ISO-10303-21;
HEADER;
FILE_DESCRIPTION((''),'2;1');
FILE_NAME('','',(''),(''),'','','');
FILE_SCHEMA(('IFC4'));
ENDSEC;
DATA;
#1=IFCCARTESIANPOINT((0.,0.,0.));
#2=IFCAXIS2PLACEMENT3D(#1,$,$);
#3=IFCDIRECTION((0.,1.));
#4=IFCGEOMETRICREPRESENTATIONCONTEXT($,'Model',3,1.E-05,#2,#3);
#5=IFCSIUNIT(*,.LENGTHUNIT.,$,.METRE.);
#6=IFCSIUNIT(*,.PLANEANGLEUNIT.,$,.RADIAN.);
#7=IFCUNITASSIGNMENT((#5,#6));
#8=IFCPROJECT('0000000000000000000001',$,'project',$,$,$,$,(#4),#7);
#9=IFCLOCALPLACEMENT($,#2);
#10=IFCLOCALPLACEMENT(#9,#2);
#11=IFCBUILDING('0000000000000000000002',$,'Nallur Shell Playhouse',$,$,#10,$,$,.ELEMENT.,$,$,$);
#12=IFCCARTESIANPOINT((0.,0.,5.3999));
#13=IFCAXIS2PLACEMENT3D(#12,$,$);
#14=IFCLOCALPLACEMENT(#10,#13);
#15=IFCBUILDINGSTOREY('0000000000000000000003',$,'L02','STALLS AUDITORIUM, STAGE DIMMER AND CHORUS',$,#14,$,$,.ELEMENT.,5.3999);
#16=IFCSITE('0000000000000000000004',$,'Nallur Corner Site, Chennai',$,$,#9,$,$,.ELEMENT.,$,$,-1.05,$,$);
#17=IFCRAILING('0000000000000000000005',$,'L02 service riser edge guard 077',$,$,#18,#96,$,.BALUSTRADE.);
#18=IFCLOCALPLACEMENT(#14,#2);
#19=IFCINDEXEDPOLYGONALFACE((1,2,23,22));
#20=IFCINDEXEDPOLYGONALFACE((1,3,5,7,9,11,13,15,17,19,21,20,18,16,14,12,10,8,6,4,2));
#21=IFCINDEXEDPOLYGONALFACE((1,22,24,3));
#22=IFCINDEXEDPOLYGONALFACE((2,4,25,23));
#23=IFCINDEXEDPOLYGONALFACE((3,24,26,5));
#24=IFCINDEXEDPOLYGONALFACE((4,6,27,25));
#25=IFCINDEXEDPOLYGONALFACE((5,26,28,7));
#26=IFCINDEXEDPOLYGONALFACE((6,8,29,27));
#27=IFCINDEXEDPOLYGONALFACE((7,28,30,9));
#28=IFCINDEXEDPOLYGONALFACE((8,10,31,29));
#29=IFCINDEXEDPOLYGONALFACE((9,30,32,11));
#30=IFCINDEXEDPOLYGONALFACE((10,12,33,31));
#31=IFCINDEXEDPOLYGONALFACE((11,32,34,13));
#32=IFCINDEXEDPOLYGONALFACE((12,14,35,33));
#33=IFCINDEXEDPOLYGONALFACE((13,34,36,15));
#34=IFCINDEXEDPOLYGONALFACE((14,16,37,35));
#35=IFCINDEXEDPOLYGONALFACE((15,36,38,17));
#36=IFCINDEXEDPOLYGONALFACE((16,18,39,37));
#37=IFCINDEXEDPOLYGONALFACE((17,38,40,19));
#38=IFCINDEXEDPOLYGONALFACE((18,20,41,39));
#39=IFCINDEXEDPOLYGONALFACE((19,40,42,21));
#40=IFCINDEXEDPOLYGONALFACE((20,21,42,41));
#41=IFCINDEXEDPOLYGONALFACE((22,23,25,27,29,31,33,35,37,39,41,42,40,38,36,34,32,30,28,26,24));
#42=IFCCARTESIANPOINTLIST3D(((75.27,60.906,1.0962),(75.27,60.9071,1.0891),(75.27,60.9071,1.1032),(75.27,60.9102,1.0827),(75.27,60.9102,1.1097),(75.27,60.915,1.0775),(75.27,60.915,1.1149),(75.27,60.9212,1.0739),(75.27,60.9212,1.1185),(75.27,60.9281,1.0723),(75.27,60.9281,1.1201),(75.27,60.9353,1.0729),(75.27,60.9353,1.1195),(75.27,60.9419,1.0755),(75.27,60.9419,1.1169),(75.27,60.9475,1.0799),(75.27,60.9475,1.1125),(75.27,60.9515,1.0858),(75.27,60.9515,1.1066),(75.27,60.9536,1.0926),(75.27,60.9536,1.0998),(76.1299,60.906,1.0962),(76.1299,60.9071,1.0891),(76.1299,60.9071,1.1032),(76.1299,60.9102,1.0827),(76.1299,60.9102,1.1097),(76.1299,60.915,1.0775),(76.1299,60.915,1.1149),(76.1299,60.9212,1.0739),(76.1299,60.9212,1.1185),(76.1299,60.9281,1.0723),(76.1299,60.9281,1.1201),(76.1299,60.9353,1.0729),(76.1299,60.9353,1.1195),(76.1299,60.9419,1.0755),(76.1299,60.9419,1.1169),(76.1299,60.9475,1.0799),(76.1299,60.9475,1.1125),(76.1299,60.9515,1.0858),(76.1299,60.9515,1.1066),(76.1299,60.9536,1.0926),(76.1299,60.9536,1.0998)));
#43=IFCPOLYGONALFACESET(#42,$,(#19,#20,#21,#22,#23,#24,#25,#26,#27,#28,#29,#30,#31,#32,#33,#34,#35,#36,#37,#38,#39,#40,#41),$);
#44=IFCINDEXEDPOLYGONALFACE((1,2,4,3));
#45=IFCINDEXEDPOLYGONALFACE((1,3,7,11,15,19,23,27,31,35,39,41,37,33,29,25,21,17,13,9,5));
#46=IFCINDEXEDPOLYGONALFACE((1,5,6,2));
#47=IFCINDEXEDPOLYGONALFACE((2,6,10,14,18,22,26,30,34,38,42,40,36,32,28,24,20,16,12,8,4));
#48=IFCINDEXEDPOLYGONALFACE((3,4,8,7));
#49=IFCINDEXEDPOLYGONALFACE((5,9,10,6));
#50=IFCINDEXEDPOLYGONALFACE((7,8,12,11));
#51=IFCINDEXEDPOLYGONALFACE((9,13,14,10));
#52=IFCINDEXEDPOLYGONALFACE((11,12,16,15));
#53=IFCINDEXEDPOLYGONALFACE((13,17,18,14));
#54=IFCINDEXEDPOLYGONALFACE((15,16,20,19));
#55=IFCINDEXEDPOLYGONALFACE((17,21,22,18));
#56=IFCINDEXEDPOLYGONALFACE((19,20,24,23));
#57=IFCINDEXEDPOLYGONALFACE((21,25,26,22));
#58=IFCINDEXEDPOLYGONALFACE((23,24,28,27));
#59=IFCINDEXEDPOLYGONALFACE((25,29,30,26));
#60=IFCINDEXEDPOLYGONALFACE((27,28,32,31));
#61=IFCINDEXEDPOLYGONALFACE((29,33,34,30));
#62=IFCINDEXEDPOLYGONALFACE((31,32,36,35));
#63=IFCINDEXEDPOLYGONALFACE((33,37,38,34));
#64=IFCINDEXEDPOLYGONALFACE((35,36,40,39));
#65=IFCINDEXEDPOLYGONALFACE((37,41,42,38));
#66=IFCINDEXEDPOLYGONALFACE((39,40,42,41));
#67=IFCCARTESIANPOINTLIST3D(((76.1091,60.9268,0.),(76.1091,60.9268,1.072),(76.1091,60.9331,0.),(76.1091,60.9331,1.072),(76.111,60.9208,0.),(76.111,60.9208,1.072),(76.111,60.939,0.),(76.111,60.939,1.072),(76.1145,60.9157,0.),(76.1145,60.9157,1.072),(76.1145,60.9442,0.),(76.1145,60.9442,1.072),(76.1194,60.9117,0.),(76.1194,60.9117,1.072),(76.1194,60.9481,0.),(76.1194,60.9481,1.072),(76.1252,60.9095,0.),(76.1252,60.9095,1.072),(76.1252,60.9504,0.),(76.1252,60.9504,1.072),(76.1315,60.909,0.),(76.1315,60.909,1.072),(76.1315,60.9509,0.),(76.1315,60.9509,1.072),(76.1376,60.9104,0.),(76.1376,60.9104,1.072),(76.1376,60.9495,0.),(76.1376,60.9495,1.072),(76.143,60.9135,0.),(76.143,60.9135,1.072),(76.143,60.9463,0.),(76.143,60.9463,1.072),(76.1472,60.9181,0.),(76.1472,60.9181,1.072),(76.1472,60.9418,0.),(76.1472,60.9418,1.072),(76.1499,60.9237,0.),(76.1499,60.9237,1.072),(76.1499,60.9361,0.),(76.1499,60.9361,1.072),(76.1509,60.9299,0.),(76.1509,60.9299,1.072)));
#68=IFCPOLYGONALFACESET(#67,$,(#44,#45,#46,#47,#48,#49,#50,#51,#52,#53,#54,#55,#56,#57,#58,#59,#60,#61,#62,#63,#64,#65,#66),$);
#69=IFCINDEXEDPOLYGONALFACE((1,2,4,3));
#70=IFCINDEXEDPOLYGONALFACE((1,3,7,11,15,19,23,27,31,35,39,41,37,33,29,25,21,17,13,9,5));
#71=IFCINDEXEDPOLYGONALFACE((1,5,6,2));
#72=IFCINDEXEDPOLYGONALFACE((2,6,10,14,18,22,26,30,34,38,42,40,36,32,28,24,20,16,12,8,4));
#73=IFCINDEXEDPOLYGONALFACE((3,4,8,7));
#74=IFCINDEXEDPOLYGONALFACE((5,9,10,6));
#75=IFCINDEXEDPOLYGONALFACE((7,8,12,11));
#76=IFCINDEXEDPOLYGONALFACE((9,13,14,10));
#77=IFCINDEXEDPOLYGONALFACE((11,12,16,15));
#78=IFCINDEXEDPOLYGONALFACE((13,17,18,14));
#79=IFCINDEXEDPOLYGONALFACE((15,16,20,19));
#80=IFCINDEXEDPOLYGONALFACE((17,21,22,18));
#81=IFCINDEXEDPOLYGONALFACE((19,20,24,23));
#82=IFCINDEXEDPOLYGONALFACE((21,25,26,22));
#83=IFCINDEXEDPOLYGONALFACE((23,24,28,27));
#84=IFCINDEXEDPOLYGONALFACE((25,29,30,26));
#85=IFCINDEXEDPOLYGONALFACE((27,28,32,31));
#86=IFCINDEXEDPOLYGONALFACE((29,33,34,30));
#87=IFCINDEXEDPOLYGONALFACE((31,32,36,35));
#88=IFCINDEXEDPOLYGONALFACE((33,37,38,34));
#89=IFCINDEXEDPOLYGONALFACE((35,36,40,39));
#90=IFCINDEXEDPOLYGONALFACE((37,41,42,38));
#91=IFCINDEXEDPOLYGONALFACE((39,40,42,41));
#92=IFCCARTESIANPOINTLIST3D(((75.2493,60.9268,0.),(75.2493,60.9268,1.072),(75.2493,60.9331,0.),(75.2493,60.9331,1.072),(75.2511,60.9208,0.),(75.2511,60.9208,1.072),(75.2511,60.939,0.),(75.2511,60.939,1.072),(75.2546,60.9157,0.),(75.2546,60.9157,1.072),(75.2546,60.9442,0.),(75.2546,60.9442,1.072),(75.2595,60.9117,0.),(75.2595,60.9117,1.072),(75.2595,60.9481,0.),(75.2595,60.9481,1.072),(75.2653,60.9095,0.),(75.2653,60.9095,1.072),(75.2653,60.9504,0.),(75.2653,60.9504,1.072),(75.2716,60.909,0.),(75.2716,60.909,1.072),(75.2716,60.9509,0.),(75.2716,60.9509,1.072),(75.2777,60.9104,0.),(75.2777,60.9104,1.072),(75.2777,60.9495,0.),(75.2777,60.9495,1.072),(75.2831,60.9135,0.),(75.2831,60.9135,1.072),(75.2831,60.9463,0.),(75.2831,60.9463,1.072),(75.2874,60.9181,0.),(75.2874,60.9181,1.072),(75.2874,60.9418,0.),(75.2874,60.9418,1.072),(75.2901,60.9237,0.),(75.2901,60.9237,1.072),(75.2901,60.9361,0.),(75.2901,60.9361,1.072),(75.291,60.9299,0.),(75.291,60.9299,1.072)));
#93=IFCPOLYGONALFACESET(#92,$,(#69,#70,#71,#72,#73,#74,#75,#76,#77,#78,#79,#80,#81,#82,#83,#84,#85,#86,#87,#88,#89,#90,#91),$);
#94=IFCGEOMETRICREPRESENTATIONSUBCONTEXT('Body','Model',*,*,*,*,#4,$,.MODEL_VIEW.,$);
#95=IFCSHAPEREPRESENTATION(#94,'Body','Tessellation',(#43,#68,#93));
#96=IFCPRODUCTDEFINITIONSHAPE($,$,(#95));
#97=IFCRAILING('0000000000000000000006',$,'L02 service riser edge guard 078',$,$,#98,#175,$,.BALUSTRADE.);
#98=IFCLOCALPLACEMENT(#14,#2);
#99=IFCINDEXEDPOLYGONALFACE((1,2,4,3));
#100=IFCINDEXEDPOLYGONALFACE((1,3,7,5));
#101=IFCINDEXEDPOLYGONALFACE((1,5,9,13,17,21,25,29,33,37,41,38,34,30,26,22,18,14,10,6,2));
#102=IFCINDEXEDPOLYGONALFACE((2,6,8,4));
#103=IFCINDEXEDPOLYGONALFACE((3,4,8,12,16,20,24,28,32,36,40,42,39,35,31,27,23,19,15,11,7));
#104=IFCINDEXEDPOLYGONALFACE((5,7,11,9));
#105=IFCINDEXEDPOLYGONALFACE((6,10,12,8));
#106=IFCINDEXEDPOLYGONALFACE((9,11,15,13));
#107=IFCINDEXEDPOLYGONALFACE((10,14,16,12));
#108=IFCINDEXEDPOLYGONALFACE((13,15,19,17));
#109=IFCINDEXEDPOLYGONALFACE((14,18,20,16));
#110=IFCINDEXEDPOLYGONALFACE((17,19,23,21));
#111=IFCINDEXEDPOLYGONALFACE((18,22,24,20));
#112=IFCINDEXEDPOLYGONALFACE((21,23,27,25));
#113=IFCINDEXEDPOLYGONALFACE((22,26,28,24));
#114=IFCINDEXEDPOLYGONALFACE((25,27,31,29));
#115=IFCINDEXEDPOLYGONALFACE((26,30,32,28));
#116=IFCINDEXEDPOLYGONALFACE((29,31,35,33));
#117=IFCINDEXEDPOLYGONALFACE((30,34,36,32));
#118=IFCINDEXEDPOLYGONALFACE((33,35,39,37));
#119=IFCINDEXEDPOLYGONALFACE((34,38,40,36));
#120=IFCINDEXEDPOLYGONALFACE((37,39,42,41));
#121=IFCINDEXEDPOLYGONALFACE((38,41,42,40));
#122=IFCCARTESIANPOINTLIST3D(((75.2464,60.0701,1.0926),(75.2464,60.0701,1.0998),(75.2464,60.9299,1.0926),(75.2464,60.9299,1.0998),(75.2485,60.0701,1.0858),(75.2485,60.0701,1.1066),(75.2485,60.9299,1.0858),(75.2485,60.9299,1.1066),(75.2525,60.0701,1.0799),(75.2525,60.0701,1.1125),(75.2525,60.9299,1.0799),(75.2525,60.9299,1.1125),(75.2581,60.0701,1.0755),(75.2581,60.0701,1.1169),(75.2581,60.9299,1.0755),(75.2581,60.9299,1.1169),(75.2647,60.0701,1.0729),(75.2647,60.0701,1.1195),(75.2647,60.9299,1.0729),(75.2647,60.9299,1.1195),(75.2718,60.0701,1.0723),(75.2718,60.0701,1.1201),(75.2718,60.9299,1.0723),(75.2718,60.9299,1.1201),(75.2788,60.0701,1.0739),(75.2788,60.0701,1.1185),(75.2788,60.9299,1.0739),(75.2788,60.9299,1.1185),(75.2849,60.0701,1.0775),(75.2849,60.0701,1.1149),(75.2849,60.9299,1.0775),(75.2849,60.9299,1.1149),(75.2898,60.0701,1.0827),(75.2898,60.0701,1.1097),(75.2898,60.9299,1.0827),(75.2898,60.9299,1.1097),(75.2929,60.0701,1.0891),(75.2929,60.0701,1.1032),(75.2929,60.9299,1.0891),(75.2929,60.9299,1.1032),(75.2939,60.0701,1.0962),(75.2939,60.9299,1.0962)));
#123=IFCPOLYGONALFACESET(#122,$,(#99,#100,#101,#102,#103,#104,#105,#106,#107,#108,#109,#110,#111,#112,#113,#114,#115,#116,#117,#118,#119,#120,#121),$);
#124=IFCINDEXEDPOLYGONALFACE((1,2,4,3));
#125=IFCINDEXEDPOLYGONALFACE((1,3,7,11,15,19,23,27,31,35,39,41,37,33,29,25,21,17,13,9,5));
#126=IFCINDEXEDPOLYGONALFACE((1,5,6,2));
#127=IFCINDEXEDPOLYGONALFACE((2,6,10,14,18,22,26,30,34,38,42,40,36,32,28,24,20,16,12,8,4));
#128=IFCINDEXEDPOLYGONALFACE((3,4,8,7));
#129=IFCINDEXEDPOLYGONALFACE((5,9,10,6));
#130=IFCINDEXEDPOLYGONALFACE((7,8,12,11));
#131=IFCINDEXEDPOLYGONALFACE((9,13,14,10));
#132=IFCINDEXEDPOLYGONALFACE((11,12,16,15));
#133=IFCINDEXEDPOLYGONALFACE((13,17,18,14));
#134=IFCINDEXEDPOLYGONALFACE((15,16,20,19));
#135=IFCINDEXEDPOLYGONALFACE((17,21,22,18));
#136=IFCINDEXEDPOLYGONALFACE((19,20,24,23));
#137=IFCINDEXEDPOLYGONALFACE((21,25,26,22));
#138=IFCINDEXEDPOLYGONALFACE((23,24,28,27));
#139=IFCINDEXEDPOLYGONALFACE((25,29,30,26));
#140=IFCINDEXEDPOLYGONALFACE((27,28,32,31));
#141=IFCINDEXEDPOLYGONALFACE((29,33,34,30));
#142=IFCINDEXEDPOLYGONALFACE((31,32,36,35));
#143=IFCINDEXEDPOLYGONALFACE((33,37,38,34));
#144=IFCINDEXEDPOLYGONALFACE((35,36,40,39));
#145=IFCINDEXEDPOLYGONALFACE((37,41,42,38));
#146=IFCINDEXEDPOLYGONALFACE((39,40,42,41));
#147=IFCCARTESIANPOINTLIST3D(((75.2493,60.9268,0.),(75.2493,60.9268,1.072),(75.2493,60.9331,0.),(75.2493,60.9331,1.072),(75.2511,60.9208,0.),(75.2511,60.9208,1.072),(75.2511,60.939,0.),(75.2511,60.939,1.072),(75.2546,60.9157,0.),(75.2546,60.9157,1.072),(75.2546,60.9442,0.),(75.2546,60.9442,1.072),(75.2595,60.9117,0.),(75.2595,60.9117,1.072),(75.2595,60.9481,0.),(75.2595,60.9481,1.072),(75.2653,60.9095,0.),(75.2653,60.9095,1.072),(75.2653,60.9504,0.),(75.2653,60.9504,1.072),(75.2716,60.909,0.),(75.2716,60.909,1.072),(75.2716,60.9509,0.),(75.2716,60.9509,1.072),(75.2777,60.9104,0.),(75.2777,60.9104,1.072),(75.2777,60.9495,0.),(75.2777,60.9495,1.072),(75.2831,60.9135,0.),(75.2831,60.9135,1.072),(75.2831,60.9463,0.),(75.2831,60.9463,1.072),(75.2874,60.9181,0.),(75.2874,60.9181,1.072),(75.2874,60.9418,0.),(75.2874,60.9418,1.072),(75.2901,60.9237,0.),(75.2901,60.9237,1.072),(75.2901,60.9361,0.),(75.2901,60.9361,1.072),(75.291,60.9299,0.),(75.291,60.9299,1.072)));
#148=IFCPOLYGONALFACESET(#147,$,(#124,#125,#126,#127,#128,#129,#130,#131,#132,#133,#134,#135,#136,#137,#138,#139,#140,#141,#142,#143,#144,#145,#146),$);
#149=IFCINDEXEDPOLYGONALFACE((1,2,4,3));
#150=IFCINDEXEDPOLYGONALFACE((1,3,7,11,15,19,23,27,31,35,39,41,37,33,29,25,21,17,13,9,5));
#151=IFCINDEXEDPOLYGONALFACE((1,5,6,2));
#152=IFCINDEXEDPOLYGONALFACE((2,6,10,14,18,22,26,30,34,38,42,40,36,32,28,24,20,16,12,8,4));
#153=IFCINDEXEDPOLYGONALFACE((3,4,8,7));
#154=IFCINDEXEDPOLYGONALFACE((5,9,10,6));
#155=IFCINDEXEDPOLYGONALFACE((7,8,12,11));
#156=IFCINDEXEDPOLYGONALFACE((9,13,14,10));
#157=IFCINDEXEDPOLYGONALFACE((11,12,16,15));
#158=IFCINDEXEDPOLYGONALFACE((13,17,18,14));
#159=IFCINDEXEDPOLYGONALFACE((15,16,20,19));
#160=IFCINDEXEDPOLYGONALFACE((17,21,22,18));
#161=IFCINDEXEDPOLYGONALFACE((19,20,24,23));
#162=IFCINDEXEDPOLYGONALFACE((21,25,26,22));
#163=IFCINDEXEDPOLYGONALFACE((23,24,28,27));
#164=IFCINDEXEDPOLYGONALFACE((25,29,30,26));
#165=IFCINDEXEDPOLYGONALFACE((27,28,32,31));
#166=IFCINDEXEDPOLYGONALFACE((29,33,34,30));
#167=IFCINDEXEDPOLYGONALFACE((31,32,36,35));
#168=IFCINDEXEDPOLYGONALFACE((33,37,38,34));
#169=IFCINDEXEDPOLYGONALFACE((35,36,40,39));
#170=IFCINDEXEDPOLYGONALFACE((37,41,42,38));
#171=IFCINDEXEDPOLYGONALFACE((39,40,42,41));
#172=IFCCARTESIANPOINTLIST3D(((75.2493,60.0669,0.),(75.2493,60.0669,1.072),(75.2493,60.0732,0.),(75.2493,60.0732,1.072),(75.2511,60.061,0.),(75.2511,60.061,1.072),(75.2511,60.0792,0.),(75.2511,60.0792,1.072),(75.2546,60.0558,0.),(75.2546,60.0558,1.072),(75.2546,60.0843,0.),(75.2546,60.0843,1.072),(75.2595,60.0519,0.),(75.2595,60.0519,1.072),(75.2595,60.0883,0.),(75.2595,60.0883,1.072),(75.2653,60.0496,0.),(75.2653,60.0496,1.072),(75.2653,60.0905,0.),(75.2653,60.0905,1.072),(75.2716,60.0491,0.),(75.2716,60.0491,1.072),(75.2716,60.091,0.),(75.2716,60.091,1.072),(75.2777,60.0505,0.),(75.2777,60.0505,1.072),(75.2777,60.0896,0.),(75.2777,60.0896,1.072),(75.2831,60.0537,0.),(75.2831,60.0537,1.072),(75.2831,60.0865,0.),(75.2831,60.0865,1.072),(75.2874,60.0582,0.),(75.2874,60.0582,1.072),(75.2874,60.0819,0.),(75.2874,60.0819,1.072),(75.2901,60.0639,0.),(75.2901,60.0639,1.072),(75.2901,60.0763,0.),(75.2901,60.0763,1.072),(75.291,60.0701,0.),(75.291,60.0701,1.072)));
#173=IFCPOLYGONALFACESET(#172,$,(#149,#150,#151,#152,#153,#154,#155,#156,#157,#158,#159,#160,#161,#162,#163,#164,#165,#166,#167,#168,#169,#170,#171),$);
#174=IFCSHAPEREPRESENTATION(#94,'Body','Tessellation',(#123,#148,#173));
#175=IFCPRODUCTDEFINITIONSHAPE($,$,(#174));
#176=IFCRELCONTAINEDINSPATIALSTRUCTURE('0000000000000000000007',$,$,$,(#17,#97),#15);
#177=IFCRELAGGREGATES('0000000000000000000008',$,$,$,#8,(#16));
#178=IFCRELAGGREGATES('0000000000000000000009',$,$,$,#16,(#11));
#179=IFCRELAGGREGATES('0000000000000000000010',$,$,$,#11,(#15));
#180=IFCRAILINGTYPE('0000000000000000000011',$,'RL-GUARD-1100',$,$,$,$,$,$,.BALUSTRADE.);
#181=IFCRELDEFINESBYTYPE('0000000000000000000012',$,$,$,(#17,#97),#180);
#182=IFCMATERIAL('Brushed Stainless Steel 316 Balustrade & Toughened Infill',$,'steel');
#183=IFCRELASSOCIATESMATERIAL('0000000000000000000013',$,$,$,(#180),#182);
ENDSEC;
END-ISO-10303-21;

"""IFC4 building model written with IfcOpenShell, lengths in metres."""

from ifc_helpers import new_model, si_unit, direction, frame, origin, origin_2d, place, context, subcontext, project, spatial, circle, extrude, material, type_object, element, save


model = new_model("IFC4")

# Units and contexts
model_context = context("Model", 3, precision=1e-05, world=origin(), true_north=direction((0.0, 1.0)))
body_context = subcontext(model_context, "Body", "Model", "MODEL_VIEW")
ifc_project = project(units=[si_unit("LENGTHUNIT", "METRE"), si_unit("PLANEANGLEUNIT", "RADIAN")], contexts=[model_context])

# Site, building, storey
site_placement = place(None, origin())
site = spatial("IfcSite", under=ifc_project, at=site_placement, Name="Nallur Corner Site, Chennai", CompositionType="ELEMENT", RefElevation=-1.05)
building_placement = place(site_placement, origin())
building = spatial("IfcBuilding", under=site, at=building_placement, Name="Nallur Shell Playhouse", CompositionType="ELEMENT")
storey_placement = place(building_placement, frame((0.0, 0.0, 5.3999)))
storey = spatial("IfcBuildingStorey", under=building, at=storey_placement, Name="L02", Description="STALLS AUDITORIUM, STAGE DIMMER AND CHORUS", CompositionType="ELEMENT", Elevation=5.3999)

# Railings
ifc_material_1 = material(Name="Brushed Stainless Steel 316 Balustrade & Toughened Infill", Category="steel")
railing_type_1 = type_object("IfcRailingType", Name="RL-GUARD-1100", PredefinedType="BALUSTRADE", material=ifc_material_1)
railing_1_placement = place(storey_placement, frame((76.1299, 60.9299, 0.0)))
element("IfcRailing", 1, at=railing_1_placement, inside=storey, type_object=railing_type_1, Name="L02 service riser edge guard 077", PredefinedType="BALUSTRADE", context=body_context, shape_type="SweptSolid", body=[
    extrude(circle(Radius=0.0239, at=origin_2d()), frame((0.0, 0.0, 1.0962), z_axis=(-1.0, 0.0, 0.0), x_axis=(0.0, -1.0, 0.0)), (0.0, 0.0, 1.0), 0.8599),
    extrude(circle(Radius=0.021, at=origin_2d()), origin(), (0.0, 0.0, 1.0), 1.072),
    extrude(circle(Radius=0.021, at=origin_2d()), frame((-0.8599, 0.0, 0.0)), (0.0, 0.0, 1.0), 1.072),
])
railing_2_placement = place(storey_placement, frame((75.27, 60.9299, 0.0)))
element("IfcRailing", 2, at=railing_2_placement, inside=storey, type_object=railing_type_1, Name="L02 service riser edge guard 078", PredefinedType="BALUSTRADE", context=body_context, shape_type="SweptSolid", body=[
    extrude(circle(Radius=0.0239, at=origin_2d()), frame((0.0, 0.0, 1.0962), z_axis=(0.0, -1.0, 0.0), x_axis=(1.0, 0.0, 0.0)), (0.0, 0.0, 1.0), 0.8599),
    extrude(circle(Radius=0.021, at=origin_2d()), origin(), (0.0, 0.0, 1.0), 1.072),
    extrude(circle(Radius=0.021, at=origin_2d()), frame((0.0, -0.8599, 0.0)), (0.0, 0.0, 1.0), 1.072),
])

save(model, "model.ifc")
